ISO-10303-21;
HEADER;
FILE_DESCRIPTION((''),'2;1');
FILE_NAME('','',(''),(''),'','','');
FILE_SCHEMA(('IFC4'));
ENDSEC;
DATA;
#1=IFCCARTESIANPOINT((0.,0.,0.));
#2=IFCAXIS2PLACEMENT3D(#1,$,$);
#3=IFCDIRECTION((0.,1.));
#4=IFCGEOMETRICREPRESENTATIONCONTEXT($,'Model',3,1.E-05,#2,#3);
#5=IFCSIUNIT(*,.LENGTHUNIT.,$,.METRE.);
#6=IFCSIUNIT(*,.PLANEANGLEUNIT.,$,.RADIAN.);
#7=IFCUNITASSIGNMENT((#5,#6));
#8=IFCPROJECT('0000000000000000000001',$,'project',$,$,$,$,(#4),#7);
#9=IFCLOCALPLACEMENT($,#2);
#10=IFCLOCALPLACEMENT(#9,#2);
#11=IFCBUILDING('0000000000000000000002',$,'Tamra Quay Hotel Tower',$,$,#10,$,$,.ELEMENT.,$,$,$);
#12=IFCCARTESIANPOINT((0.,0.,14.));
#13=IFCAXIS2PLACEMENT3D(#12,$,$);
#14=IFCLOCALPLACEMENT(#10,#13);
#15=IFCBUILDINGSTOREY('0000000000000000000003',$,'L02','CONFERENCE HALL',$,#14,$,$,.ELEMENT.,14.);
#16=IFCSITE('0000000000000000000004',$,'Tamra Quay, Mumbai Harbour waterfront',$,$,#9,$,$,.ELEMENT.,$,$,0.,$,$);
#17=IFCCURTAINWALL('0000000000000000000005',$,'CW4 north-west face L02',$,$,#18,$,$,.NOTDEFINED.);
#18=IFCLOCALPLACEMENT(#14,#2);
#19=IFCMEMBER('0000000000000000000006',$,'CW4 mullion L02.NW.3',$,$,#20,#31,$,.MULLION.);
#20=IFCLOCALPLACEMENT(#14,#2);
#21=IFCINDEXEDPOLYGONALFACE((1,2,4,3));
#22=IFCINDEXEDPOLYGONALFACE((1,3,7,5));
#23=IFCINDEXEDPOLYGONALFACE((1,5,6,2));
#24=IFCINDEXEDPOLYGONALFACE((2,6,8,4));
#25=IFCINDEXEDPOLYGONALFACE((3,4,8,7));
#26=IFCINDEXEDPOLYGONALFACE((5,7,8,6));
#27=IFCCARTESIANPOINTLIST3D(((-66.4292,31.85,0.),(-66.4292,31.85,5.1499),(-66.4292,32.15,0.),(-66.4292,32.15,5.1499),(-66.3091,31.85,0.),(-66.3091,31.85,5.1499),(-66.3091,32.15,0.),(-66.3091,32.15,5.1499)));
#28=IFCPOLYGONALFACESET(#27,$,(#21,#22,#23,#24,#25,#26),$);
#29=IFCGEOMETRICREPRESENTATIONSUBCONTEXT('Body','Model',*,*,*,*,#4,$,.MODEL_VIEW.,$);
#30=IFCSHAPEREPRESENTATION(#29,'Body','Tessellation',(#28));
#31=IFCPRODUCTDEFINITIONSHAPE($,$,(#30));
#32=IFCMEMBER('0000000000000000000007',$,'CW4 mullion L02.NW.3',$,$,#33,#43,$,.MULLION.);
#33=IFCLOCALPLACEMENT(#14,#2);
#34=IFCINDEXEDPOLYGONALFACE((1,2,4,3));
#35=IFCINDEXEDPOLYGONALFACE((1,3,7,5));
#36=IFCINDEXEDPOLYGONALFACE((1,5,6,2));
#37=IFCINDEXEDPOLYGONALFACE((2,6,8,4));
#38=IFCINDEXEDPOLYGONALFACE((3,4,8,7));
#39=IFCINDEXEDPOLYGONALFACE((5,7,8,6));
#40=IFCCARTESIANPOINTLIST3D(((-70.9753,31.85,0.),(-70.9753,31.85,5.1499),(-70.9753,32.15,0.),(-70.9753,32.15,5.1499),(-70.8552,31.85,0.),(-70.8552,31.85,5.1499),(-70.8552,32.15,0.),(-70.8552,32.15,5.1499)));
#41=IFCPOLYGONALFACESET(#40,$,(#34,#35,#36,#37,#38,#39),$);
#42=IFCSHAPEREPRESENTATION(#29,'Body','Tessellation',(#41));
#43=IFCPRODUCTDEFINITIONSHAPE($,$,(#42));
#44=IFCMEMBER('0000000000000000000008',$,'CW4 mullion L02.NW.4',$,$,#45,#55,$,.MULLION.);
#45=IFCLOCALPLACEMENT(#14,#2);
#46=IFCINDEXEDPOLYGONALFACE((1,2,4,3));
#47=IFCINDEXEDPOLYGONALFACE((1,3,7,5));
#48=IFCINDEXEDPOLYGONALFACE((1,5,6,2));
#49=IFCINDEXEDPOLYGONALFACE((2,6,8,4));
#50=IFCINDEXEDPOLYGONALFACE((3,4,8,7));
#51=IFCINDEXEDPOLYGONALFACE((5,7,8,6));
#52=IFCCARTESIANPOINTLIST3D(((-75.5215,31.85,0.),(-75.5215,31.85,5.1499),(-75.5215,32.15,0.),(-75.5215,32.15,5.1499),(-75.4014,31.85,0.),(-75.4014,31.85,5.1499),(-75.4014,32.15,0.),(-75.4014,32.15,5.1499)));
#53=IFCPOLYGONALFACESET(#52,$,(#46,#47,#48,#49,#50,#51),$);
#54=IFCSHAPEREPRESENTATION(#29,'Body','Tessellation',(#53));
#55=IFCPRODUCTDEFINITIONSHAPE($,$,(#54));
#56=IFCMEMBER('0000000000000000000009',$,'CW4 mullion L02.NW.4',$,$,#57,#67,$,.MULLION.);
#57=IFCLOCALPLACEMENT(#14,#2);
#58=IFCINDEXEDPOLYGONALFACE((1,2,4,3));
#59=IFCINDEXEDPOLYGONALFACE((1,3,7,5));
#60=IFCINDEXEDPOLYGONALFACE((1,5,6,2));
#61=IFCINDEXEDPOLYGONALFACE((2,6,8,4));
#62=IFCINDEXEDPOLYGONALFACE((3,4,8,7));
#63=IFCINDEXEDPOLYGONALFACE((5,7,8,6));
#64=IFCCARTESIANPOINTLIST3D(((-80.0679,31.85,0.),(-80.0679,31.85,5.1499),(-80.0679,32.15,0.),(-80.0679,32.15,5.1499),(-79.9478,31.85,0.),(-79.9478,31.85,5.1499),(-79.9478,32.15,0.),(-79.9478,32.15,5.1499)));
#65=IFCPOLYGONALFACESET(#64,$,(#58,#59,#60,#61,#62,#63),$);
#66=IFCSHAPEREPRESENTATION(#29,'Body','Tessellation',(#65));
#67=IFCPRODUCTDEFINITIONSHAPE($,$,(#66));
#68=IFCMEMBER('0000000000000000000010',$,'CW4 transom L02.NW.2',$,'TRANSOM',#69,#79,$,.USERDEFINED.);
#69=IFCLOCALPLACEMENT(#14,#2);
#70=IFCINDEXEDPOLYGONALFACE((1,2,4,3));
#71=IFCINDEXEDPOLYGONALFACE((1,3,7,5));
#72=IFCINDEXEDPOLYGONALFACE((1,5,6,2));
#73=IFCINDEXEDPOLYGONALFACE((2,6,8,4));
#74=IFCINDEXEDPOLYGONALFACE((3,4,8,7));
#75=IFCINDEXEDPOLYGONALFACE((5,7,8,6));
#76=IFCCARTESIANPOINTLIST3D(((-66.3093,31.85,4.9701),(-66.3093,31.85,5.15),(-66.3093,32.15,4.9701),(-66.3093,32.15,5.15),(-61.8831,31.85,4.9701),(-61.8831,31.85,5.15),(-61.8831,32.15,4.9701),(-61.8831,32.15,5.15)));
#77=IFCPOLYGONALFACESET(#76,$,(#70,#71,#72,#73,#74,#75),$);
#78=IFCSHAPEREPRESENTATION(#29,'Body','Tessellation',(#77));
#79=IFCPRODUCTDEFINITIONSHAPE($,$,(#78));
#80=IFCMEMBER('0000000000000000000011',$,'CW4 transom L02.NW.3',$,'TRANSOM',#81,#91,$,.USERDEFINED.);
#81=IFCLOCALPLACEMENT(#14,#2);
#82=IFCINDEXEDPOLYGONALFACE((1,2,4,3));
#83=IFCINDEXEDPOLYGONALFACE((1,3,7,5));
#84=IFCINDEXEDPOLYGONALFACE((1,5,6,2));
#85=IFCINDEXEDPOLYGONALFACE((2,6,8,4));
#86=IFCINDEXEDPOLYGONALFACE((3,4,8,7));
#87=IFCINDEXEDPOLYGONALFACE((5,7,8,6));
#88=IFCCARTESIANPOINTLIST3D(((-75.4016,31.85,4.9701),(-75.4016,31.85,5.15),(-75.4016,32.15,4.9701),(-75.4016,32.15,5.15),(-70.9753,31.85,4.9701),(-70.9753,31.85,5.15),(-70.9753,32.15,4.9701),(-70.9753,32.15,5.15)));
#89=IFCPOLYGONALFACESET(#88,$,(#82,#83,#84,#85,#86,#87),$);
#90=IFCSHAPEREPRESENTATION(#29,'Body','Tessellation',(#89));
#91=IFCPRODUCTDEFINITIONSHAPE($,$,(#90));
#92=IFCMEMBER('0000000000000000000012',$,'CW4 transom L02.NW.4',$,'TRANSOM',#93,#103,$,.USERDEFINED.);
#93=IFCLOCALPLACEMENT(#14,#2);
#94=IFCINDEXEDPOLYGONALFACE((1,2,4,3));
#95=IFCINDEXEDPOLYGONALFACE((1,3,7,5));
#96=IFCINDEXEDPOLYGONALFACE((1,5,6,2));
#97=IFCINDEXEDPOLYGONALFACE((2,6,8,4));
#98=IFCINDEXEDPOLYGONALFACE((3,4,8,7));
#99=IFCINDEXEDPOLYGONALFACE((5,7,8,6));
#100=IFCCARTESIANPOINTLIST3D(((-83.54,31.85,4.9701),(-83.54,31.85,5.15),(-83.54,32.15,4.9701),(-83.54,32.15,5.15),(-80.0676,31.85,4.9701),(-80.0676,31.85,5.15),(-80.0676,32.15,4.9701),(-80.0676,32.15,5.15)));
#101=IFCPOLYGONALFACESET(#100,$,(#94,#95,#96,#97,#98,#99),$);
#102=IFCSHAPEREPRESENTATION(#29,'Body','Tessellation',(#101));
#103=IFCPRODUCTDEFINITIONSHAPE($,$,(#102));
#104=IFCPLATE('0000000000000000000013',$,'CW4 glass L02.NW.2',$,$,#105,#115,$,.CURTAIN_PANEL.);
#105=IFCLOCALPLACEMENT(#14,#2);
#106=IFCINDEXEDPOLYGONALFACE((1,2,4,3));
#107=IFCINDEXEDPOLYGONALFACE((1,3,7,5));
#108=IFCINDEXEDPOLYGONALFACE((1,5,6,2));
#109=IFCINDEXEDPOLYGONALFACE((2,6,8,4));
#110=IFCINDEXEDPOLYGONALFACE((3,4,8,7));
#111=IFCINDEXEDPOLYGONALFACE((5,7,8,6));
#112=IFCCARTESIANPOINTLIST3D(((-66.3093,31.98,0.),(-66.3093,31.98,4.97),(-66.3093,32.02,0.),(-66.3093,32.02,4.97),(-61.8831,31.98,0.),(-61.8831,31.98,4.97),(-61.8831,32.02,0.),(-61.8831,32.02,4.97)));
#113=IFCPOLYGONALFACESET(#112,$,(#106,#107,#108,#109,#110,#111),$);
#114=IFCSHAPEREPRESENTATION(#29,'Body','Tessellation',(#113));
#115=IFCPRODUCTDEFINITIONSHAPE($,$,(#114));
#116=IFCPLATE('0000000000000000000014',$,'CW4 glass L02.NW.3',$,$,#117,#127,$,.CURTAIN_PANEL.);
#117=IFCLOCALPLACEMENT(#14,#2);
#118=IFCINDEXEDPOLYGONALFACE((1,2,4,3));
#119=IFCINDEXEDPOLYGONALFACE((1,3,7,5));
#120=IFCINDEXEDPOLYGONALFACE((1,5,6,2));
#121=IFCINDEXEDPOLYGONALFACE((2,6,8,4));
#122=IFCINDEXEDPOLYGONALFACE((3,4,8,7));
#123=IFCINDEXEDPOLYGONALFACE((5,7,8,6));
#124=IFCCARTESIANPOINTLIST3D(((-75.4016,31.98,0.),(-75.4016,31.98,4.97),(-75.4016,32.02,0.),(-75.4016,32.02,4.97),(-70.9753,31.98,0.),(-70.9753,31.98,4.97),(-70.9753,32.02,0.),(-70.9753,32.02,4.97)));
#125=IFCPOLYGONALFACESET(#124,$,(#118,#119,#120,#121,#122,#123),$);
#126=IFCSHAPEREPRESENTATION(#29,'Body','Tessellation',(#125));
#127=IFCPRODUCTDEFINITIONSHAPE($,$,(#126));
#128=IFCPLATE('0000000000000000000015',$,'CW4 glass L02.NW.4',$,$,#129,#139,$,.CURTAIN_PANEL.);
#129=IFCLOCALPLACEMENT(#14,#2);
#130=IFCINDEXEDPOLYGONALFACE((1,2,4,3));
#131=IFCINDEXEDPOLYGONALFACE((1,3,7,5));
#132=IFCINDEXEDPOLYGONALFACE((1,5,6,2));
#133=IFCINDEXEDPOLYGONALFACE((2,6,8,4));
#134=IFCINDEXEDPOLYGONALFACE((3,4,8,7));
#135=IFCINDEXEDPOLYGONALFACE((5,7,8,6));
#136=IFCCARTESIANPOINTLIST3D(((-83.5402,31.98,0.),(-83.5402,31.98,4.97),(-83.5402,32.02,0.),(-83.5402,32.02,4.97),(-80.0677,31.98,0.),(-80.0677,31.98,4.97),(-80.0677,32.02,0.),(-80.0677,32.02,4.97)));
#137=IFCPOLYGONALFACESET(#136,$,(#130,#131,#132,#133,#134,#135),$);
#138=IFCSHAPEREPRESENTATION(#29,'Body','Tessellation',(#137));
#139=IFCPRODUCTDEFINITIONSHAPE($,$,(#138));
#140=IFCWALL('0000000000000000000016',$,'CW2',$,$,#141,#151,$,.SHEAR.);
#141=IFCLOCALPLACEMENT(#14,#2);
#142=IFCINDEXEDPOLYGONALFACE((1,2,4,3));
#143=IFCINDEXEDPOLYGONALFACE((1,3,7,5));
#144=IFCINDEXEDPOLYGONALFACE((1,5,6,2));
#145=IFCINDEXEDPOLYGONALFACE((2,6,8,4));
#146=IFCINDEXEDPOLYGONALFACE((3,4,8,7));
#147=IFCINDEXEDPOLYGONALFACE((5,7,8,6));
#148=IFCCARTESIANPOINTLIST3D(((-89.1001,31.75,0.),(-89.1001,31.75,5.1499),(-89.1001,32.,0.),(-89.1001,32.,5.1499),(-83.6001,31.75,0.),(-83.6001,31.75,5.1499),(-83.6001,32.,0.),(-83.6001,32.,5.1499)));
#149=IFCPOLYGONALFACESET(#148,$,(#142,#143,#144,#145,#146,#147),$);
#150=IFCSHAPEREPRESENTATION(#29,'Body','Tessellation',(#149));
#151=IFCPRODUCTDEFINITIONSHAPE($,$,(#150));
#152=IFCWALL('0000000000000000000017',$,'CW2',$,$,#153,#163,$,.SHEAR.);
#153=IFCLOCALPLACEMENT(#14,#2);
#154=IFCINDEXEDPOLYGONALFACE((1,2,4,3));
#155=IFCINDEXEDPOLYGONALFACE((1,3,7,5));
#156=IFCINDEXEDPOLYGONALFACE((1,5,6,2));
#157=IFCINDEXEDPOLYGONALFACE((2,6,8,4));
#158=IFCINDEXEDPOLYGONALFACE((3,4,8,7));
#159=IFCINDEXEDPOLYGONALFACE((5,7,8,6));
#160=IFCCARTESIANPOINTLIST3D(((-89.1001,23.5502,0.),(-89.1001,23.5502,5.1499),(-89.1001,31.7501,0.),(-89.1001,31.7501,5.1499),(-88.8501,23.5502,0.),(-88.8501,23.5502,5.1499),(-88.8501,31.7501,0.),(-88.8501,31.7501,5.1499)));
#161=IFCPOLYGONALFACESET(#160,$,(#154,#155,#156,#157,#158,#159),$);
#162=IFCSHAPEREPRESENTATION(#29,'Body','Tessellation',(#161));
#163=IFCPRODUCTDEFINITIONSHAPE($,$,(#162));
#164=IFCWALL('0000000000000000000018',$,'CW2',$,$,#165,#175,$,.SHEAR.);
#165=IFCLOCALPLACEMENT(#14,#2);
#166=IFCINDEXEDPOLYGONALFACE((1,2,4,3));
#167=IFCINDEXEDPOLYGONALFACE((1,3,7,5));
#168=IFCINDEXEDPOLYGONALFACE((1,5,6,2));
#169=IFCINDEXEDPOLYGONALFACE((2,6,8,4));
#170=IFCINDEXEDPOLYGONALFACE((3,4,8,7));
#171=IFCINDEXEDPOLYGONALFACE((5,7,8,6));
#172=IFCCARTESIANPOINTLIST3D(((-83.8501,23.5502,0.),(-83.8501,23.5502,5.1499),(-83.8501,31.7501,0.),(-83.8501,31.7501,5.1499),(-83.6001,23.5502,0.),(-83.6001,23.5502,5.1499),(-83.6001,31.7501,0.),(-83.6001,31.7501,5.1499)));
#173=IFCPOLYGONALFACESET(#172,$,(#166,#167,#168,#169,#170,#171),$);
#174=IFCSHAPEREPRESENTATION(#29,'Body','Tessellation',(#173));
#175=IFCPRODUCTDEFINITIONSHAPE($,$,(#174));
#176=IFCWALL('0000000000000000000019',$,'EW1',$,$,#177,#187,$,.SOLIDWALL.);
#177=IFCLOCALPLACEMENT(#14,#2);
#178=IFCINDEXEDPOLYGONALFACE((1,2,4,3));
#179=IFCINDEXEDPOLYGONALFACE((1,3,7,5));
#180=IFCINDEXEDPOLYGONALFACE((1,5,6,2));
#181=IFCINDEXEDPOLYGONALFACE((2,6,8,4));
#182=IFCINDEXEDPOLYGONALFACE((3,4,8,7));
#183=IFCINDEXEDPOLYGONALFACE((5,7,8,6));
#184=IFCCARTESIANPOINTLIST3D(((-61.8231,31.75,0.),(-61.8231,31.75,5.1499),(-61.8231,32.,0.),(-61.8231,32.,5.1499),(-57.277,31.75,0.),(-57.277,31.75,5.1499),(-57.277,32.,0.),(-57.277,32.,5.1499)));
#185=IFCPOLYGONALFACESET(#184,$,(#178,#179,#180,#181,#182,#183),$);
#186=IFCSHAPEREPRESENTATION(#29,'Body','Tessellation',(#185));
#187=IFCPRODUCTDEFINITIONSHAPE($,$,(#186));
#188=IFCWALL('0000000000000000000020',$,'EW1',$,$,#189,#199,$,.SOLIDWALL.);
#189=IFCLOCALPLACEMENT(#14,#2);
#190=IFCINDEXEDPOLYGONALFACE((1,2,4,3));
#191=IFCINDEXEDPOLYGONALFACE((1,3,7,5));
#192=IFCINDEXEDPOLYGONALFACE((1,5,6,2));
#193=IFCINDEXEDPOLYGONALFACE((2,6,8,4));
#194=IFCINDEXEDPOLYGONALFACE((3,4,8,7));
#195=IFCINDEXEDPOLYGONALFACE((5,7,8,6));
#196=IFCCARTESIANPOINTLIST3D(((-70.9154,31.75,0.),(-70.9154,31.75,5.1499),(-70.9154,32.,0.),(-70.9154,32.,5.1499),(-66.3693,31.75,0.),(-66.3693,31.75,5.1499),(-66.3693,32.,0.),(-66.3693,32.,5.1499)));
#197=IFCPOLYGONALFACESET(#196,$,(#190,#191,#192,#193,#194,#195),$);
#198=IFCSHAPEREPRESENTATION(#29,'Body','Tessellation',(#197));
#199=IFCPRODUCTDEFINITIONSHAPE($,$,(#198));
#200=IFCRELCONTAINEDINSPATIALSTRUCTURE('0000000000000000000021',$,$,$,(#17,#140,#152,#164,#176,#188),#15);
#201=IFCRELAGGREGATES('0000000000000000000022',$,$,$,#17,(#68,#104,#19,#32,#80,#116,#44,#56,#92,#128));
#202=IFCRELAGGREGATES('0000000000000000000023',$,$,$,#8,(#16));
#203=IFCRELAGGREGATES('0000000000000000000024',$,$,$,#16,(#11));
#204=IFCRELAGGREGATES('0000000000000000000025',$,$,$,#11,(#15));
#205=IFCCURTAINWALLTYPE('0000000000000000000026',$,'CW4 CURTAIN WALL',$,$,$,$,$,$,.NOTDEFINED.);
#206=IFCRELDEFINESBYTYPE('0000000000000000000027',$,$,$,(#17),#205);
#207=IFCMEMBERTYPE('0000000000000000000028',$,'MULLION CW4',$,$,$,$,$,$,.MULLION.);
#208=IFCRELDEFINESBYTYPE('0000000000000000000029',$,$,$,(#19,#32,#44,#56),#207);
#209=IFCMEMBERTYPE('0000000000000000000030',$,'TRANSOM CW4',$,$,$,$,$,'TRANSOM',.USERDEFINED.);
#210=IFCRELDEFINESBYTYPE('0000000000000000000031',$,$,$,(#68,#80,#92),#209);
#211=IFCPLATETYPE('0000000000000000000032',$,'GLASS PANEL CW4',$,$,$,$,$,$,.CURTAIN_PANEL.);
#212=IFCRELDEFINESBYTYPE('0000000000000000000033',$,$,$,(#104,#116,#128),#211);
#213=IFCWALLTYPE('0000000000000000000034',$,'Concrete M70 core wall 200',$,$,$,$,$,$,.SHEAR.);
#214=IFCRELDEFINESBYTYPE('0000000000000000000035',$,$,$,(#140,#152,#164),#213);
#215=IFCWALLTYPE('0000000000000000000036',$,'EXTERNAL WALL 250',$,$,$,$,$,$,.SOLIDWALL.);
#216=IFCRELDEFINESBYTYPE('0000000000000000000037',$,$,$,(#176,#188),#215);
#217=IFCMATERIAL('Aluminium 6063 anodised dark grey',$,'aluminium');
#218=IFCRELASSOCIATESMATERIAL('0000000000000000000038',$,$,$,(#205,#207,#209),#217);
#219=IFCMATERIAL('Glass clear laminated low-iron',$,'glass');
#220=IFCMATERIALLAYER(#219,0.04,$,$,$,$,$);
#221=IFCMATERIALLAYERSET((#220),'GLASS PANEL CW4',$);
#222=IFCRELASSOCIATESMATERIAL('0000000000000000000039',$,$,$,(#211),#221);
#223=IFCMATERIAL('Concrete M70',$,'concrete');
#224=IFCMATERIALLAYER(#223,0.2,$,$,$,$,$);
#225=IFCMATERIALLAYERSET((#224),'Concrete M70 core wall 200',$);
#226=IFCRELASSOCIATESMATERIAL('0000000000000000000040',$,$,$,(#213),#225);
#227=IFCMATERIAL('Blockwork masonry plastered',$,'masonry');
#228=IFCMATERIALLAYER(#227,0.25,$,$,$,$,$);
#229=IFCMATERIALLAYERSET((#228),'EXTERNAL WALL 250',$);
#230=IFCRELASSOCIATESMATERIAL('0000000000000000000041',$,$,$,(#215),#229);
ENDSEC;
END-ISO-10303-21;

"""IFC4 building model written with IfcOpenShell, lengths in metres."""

from ifc_helpers import new_model, si_unit, direction, frame, frame_2d, origin, origin_2d, place, context, subcontext, project, spatial, rectangle, extrude, material, layer, layer_set, material_profile, profile_set, type_object, element, aggregate, save


model = new_model("IFC4")

# Units and contexts
model_context = context("Model", 3, precision=1e-05, world=origin(), true_north=direction((0.0, 1.0)))
body_context = subcontext(model_context, "Body", "Model", "MODEL_VIEW")
ifc_project = project(units=[si_unit("LENGTHUNIT", "METRE"), si_unit("PLANEANGLEUNIT", "RADIAN")], contexts=[model_context])

# Site, building, storey
site_placement = place(None, origin())
site = spatial("IfcSite", under=ifc_project, at=site_placement, Name="Tamra Quay, Mumbai Harbour waterfront", CompositionType="ELEMENT", RefElevation=0.0)
building_placement = place(site_placement, origin())
building = spatial("IfcBuilding", under=site, at=building_placement, Name="Tamra Quay Hotel Tower", CompositionType="ELEMENT")
storey_placement = place(building_placement, frame((0.0, 0.0, 14.0)))
storey = spatial("IfcBuildingStorey", under=building, at=storey_placement, Name="L02", Description="CONFERENCE HALL", CompositionType="ELEMENT", Elevation=14.0)

# Curtain wall, members, plates
ifc_material_1 = material(Name="Aluminium 6063 anodised dark grey", Category="aluminium")
curtain_wall_type = type_object("IfcCurtainWallType", Name="CW4 CURTAIN WALL", PredefinedType="NOTDEFINED", material=ifc_material_1)
curtain_wall_placement = place(storey_placement, origin())
curtain_wall = element("IfcCurtainWall", 1, at=curtain_wall_placement, inside=storey, type_object=curtain_wall_type, Name="CW4 north-west face L02", PredefinedType="NOTDEFINED")
ifc_material_profile_1 = material_profile(ifc_material_1, rectangle(XDim=0.3, YDim=0.1201, at=origin_2d()), Name="MULLION 120X300")
ifc_profile_set_1 = profile_set([ifc_material_profile_1], Name="Aluminium 6063 anodised dark grey")
member_type_1 = type_object("IfcMemberType", Name="MULLION CW4", PredefinedType="MULLION", material=ifc_profile_set_1)
member_1_placement = place(storey_placement, frame((-66.3691, 32.0, 0.0), z_axis=(0.0, 0.0, 1.0), x_axis=(0.0, 1.0, 0.0)))
member_1 = element("IfcMember", 2, at=member_1_placement, type_object=member_type_1, Name="CW4 mullion L02.NW.3", PredefinedType="MULLION", context=body_context, shape_type="SweptSolid", body=[
    extrude(rectangle(XDim=0.3, YDim=0.1201, at=origin_2d()), origin(), (0.0, 0.0, 1.0), 5.1499),
])
member_2_placement = place(storey_placement, frame((-70.9153, 32.0, 0.0), z_axis=(0.0, 0.0, 1.0), x_axis=(0.0, 1.0, 0.0)))
member_2 = element("IfcMember", 3, at=member_2_placement, type_object=member_type_1, Name="CW4 mullion L02.NW.3", PredefinedType="MULLION", context=body_context, shape_type="SweptSolid", body=[
    extrude(rectangle(XDim=0.3, YDim=0.1201, at=origin_2d()), origin(), (0.0, 0.0, 1.0), 5.1499),
])
member_3_placement = place(storey_placement, frame((-75.4614, 32.0, 0.0), z_axis=(0.0, 0.0, 1.0), x_axis=(0.0, 1.0, 0.0)))
member_3 = element("IfcMember", 4, at=member_3_placement, type_object=member_type_1, Name="CW4 mullion L02.NW.4", PredefinedType="MULLION", context=body_context, shape_type="SweptSolid", body=[
    extrude(rectangle(XDim=0.3, YDim=0.1201, at=origin_2d()), origin(), (0.0, 0.0, 1.0), 5.1499),
])
member_4_placement = place(storey_placement, frame((-80.0078, 32.0, 0.0), z_axis=(0.0, 0.0, 1.0), x_axis=(0.0, 1.0, 0.0)))
member_4 = element("IfcMember", 5, at=member_4_placement, type_object=member_type_1, Name="CW4 mullion L02.NW.4", PredefinedType="MULLION", context=body_context, shape_type="SweptSolid", body=[
    extrude(rectangle(XDim=0.3, YDim=0.1201, at=origin_2d()), origin(), (0.0, 0.0, 1.0), 5.1499),
])
ifc_material_profile_2 = material_profile(ifc_material_1, rectangle(XDim=0.3, YDim=0.1799, at=origin_2d()), Name="TRANSOM 300X180")
ifc_profile_set_2 = profile_set([ifc_material_profile_2], Name="Aluminium 6063 anodised dark grey")
member_type_2 = type_object("IfcMemberType", Name="TRANSOM CW4", ElementType="TRANSOM", PredefinedType="USERDEFINED", material=ifc_profile_set_2)
member_5_placement = place(storey_placement, frame((-61.8831, 32.0, 5.0601), z_axis=(-1.0, 0.0, 0.0), x_axis=(0.0, -1.0, 0.0)))
member_5 = element("IfcMember", 6, at=member_5_placement, type_object=member_type_2, Name="CW4 transom L02.NW.2", ObjectType="TRANSOM", PredefinedType="USERDEFINED", context=body_context, shape_type="SweptSolid", body=[
    extrude(rectangle(XDim=0.3, YDim=0.1799, at=origin_2d()), origin(), (0.0, 0.0, 1.0), 4.4263),
])
member_6_placement = place(storey_placement, frame((-70.9753, 32.0, 5.0601), z_axis=(-1.0, 0.0, 0.0), x_axis=(0.0, -1.0, 0.0)))
member_6 = element("IfcMember", 7, at=member_6_placement, type_object=member_type_2, Name="CW4 transom L02.NW.3", ObjectType="TRANSOM", PredefinedType="USERDEFINED", context=body_context, shape_type="SweptSolid", body=[
    extrude(rectangle(XDim=0.3, YDim=0.1799, at=origin_2d()), origin(), (0.0, 0.0, 1.0), 4.4263),
])
member_7_placement = place(storey_placement, frame((-80.0676, 32.0, 5.0601), z_axis=(-1.0, 0.0, 0.0), x_axis=(0.0, -1.0, 0.0)))
member_7 = element("IfcMember", 8, at=member_7_placement, type_object=member_type_2, Name="CW4 transom L02.NW.4", ObjectType="TRANSOM", PredefinedType="USERDEFINED", context=body_context, shape_type="SweptSolid", body=[
    extrude(rectangle(XDim=0.3, YDim=0.1799, at=origin_2d()), origin(), (0.0, 0.0, 1.0), 3.4724),
])
ifc_material_2 = material(Name="Glass clear laminated low-iron", Category="glass")
ifc_layer_1 = layer(ifc_material_2, 0.04)
ifc_layer_set_1 = layer_set([ifc_layer_1], Name="GLASS PANEL CW4")
plate_type = type_object("IfcPlateType", Name="GLASS PANEL CW4", PredefinedType="CURTAIN_PANEL", material=ifc_layer_set_1)
plate_1_placement = place(storey_placement, frame((-64.0962, 32.0, 0.0), z_axis=(0.0, 0.0, 1.0), x_axis=(-1.0, 0.0, 0.0)))
plate_1 = element("IfcPlate", 9, at=plate_1_placement, type_object=plate_type, Name="CW4 glass L02.NW.2", PredefinedType="CURTAIN_PANEL", context=body_context, shape_type="SweptSolid", body=[
    extrude(rectangle(XDim=4.4263, YDim=0.04, at=origin_2d()), origin(), (0.0, 0.0, 1.0), 4.97),
])
plate_2_placement = place(storey_placement, frame((-73.1885, 32.0, 0.0), z_axis=(0.0, 0.0, 1.0), x_axis=(-1.0, 0.0, 0.0)))
plate_2 = element("IfcPlate", 10, at=plate_2_placement, type_object=plate_type, Name="CW4 glass L02.NW.3", PredefinedType="CURTAIN_PANEL", context=body_context, shape_type="SweptSolid", body=[
    extrude(rectangle(XDim=4.4263, YDim=0.04, at=origin_2d()), origin(), (0.0, 0.0, 1.0), 4.97),
])
plate_3_placement = place(storey_placement, frame((-81.804, 32.0, 0.0), z_axis=(0.0, 0.0, 1.0), x_axis=(-1.0, 0.0, 0.0)))
plate_3 = element("IfcPlate", 11, at=plate_3_placement, type_object=plate_type, Name="CW4 glass L02.NW.4", PredefinedType="CURTAIN_PANEL", context=body_context, shape_type="SweptSolid", body=[
    extrude(rectangle(XDim=3.4724, YDim=0.04, at=origin_2d()), origin(), (0.0, 0.0, 1.0), 4.97),
])
aggregate(curtain_wall, [member_5, plate_1, member_1, member_2, member_6, plate_2, member_3, member_4, member_7, plate_3])

# Walls
ifc_material_3 = material(Name="Concrete M70", Category="concrete")
ifc_layer_2 = layer(ifc_material_3, 0.2)
ifc_layer_set_2 = layer_set([ifc_layer_2], Name="Concrete M70 core wall 200")
wall_type_1 = type_object("IfcWallType", Name="Concrete M70 core wall 200", PredefinedType="SHEAR", material=ifc_layer_set_2)
wall_1_placement = place(storey_placement, frame((-89.1001, 31.875, 0.0), z_axis=(0.0, 0.0, 1.0), x_axis=(1.0, 0.0, 0.0)))
element("IfcWall", 12, at=wall_1_placement, inside=storey, type_object=wall_type_1, Name="CW2", PredefinedType="SHEAR", context=body_context, shape_type="SweptSolid", body=[
    extrude(rectangle(XDim=5.5, YDim=0.25, at=frame_2d((2.75, 0.0))), origin(), (0.0, 0.0, 1.0), 5.1499),
])
for number, where, z_axis, x_axis, name in (
    (13, (-88.9751, 23.55, 0.0), (0.0, 0.0, 1.0), (0.0, 1.0, 0.0), "CW2"),
    (14, (-83.7251, 23.55, 0.0), (0.0, 0.0, 1.0), (0.0, 1.0, 0.0), "CW2"),
):
    element("IfcWall", number, at=place(storey_placement, frame(where, z_axis=z_axis, x_axis=x_axis)), inside=storey, type_object=wall_type_1, Name=name, PredefinedType="SHEAR", context=body_context, shape_type="SweptSolid", body=[
        extrude(rectangle(XDim=8.2, YDim=0.25, at=frame_2d((4.1001, 0.0))), origin(), (0.0, 0.0, 1.0), 5.1499),
    ])
ifc_material_4 = material(Name="Blockwork masonry plastered", Category="masonry")
ifc_layer_3 = layer(ifc_material_4, 0.25)
ifc_layer_set_3 = layer_set([ifc_layer_3], Name="EXTERNAL WALL 250")
wall_type_2 = type_object("IfcWallType", Name="EXTERNAL WALL 250", PredefinedType="SOLIDWALL", material=ifc_layer_set_3)
for number, where, z_axis, x_axis, name in (
    (15, (-61.823, 31.875, 0.0), (0.0, 0.0, 1.0), (1.0, 0.0, 0.0), "EW1"),
    (16, (-70.9153, 31.875, 0.0), (0.0, 0.0, 1.0), (1.0, 0.0, 0.0), "EW1"),
):
    element("IfcWall", number, at=place(storey_placement, frame(where, z_axis=z_axis, x_axis=x_axis)), inside=storey, type_object=wall_type_2, Name=name, PredefinedType="SOLIDWALL", context=body_context, shape_type="SweptSolid", body=[
        extrude(rectangle(XDim=4.5461, YDim=0.25, at=frame_2d((2.2729, 0.0))), origin(), (0.0, 0.0, 1.0), 5.1499),
    ])

save(model, "model.ifc")
